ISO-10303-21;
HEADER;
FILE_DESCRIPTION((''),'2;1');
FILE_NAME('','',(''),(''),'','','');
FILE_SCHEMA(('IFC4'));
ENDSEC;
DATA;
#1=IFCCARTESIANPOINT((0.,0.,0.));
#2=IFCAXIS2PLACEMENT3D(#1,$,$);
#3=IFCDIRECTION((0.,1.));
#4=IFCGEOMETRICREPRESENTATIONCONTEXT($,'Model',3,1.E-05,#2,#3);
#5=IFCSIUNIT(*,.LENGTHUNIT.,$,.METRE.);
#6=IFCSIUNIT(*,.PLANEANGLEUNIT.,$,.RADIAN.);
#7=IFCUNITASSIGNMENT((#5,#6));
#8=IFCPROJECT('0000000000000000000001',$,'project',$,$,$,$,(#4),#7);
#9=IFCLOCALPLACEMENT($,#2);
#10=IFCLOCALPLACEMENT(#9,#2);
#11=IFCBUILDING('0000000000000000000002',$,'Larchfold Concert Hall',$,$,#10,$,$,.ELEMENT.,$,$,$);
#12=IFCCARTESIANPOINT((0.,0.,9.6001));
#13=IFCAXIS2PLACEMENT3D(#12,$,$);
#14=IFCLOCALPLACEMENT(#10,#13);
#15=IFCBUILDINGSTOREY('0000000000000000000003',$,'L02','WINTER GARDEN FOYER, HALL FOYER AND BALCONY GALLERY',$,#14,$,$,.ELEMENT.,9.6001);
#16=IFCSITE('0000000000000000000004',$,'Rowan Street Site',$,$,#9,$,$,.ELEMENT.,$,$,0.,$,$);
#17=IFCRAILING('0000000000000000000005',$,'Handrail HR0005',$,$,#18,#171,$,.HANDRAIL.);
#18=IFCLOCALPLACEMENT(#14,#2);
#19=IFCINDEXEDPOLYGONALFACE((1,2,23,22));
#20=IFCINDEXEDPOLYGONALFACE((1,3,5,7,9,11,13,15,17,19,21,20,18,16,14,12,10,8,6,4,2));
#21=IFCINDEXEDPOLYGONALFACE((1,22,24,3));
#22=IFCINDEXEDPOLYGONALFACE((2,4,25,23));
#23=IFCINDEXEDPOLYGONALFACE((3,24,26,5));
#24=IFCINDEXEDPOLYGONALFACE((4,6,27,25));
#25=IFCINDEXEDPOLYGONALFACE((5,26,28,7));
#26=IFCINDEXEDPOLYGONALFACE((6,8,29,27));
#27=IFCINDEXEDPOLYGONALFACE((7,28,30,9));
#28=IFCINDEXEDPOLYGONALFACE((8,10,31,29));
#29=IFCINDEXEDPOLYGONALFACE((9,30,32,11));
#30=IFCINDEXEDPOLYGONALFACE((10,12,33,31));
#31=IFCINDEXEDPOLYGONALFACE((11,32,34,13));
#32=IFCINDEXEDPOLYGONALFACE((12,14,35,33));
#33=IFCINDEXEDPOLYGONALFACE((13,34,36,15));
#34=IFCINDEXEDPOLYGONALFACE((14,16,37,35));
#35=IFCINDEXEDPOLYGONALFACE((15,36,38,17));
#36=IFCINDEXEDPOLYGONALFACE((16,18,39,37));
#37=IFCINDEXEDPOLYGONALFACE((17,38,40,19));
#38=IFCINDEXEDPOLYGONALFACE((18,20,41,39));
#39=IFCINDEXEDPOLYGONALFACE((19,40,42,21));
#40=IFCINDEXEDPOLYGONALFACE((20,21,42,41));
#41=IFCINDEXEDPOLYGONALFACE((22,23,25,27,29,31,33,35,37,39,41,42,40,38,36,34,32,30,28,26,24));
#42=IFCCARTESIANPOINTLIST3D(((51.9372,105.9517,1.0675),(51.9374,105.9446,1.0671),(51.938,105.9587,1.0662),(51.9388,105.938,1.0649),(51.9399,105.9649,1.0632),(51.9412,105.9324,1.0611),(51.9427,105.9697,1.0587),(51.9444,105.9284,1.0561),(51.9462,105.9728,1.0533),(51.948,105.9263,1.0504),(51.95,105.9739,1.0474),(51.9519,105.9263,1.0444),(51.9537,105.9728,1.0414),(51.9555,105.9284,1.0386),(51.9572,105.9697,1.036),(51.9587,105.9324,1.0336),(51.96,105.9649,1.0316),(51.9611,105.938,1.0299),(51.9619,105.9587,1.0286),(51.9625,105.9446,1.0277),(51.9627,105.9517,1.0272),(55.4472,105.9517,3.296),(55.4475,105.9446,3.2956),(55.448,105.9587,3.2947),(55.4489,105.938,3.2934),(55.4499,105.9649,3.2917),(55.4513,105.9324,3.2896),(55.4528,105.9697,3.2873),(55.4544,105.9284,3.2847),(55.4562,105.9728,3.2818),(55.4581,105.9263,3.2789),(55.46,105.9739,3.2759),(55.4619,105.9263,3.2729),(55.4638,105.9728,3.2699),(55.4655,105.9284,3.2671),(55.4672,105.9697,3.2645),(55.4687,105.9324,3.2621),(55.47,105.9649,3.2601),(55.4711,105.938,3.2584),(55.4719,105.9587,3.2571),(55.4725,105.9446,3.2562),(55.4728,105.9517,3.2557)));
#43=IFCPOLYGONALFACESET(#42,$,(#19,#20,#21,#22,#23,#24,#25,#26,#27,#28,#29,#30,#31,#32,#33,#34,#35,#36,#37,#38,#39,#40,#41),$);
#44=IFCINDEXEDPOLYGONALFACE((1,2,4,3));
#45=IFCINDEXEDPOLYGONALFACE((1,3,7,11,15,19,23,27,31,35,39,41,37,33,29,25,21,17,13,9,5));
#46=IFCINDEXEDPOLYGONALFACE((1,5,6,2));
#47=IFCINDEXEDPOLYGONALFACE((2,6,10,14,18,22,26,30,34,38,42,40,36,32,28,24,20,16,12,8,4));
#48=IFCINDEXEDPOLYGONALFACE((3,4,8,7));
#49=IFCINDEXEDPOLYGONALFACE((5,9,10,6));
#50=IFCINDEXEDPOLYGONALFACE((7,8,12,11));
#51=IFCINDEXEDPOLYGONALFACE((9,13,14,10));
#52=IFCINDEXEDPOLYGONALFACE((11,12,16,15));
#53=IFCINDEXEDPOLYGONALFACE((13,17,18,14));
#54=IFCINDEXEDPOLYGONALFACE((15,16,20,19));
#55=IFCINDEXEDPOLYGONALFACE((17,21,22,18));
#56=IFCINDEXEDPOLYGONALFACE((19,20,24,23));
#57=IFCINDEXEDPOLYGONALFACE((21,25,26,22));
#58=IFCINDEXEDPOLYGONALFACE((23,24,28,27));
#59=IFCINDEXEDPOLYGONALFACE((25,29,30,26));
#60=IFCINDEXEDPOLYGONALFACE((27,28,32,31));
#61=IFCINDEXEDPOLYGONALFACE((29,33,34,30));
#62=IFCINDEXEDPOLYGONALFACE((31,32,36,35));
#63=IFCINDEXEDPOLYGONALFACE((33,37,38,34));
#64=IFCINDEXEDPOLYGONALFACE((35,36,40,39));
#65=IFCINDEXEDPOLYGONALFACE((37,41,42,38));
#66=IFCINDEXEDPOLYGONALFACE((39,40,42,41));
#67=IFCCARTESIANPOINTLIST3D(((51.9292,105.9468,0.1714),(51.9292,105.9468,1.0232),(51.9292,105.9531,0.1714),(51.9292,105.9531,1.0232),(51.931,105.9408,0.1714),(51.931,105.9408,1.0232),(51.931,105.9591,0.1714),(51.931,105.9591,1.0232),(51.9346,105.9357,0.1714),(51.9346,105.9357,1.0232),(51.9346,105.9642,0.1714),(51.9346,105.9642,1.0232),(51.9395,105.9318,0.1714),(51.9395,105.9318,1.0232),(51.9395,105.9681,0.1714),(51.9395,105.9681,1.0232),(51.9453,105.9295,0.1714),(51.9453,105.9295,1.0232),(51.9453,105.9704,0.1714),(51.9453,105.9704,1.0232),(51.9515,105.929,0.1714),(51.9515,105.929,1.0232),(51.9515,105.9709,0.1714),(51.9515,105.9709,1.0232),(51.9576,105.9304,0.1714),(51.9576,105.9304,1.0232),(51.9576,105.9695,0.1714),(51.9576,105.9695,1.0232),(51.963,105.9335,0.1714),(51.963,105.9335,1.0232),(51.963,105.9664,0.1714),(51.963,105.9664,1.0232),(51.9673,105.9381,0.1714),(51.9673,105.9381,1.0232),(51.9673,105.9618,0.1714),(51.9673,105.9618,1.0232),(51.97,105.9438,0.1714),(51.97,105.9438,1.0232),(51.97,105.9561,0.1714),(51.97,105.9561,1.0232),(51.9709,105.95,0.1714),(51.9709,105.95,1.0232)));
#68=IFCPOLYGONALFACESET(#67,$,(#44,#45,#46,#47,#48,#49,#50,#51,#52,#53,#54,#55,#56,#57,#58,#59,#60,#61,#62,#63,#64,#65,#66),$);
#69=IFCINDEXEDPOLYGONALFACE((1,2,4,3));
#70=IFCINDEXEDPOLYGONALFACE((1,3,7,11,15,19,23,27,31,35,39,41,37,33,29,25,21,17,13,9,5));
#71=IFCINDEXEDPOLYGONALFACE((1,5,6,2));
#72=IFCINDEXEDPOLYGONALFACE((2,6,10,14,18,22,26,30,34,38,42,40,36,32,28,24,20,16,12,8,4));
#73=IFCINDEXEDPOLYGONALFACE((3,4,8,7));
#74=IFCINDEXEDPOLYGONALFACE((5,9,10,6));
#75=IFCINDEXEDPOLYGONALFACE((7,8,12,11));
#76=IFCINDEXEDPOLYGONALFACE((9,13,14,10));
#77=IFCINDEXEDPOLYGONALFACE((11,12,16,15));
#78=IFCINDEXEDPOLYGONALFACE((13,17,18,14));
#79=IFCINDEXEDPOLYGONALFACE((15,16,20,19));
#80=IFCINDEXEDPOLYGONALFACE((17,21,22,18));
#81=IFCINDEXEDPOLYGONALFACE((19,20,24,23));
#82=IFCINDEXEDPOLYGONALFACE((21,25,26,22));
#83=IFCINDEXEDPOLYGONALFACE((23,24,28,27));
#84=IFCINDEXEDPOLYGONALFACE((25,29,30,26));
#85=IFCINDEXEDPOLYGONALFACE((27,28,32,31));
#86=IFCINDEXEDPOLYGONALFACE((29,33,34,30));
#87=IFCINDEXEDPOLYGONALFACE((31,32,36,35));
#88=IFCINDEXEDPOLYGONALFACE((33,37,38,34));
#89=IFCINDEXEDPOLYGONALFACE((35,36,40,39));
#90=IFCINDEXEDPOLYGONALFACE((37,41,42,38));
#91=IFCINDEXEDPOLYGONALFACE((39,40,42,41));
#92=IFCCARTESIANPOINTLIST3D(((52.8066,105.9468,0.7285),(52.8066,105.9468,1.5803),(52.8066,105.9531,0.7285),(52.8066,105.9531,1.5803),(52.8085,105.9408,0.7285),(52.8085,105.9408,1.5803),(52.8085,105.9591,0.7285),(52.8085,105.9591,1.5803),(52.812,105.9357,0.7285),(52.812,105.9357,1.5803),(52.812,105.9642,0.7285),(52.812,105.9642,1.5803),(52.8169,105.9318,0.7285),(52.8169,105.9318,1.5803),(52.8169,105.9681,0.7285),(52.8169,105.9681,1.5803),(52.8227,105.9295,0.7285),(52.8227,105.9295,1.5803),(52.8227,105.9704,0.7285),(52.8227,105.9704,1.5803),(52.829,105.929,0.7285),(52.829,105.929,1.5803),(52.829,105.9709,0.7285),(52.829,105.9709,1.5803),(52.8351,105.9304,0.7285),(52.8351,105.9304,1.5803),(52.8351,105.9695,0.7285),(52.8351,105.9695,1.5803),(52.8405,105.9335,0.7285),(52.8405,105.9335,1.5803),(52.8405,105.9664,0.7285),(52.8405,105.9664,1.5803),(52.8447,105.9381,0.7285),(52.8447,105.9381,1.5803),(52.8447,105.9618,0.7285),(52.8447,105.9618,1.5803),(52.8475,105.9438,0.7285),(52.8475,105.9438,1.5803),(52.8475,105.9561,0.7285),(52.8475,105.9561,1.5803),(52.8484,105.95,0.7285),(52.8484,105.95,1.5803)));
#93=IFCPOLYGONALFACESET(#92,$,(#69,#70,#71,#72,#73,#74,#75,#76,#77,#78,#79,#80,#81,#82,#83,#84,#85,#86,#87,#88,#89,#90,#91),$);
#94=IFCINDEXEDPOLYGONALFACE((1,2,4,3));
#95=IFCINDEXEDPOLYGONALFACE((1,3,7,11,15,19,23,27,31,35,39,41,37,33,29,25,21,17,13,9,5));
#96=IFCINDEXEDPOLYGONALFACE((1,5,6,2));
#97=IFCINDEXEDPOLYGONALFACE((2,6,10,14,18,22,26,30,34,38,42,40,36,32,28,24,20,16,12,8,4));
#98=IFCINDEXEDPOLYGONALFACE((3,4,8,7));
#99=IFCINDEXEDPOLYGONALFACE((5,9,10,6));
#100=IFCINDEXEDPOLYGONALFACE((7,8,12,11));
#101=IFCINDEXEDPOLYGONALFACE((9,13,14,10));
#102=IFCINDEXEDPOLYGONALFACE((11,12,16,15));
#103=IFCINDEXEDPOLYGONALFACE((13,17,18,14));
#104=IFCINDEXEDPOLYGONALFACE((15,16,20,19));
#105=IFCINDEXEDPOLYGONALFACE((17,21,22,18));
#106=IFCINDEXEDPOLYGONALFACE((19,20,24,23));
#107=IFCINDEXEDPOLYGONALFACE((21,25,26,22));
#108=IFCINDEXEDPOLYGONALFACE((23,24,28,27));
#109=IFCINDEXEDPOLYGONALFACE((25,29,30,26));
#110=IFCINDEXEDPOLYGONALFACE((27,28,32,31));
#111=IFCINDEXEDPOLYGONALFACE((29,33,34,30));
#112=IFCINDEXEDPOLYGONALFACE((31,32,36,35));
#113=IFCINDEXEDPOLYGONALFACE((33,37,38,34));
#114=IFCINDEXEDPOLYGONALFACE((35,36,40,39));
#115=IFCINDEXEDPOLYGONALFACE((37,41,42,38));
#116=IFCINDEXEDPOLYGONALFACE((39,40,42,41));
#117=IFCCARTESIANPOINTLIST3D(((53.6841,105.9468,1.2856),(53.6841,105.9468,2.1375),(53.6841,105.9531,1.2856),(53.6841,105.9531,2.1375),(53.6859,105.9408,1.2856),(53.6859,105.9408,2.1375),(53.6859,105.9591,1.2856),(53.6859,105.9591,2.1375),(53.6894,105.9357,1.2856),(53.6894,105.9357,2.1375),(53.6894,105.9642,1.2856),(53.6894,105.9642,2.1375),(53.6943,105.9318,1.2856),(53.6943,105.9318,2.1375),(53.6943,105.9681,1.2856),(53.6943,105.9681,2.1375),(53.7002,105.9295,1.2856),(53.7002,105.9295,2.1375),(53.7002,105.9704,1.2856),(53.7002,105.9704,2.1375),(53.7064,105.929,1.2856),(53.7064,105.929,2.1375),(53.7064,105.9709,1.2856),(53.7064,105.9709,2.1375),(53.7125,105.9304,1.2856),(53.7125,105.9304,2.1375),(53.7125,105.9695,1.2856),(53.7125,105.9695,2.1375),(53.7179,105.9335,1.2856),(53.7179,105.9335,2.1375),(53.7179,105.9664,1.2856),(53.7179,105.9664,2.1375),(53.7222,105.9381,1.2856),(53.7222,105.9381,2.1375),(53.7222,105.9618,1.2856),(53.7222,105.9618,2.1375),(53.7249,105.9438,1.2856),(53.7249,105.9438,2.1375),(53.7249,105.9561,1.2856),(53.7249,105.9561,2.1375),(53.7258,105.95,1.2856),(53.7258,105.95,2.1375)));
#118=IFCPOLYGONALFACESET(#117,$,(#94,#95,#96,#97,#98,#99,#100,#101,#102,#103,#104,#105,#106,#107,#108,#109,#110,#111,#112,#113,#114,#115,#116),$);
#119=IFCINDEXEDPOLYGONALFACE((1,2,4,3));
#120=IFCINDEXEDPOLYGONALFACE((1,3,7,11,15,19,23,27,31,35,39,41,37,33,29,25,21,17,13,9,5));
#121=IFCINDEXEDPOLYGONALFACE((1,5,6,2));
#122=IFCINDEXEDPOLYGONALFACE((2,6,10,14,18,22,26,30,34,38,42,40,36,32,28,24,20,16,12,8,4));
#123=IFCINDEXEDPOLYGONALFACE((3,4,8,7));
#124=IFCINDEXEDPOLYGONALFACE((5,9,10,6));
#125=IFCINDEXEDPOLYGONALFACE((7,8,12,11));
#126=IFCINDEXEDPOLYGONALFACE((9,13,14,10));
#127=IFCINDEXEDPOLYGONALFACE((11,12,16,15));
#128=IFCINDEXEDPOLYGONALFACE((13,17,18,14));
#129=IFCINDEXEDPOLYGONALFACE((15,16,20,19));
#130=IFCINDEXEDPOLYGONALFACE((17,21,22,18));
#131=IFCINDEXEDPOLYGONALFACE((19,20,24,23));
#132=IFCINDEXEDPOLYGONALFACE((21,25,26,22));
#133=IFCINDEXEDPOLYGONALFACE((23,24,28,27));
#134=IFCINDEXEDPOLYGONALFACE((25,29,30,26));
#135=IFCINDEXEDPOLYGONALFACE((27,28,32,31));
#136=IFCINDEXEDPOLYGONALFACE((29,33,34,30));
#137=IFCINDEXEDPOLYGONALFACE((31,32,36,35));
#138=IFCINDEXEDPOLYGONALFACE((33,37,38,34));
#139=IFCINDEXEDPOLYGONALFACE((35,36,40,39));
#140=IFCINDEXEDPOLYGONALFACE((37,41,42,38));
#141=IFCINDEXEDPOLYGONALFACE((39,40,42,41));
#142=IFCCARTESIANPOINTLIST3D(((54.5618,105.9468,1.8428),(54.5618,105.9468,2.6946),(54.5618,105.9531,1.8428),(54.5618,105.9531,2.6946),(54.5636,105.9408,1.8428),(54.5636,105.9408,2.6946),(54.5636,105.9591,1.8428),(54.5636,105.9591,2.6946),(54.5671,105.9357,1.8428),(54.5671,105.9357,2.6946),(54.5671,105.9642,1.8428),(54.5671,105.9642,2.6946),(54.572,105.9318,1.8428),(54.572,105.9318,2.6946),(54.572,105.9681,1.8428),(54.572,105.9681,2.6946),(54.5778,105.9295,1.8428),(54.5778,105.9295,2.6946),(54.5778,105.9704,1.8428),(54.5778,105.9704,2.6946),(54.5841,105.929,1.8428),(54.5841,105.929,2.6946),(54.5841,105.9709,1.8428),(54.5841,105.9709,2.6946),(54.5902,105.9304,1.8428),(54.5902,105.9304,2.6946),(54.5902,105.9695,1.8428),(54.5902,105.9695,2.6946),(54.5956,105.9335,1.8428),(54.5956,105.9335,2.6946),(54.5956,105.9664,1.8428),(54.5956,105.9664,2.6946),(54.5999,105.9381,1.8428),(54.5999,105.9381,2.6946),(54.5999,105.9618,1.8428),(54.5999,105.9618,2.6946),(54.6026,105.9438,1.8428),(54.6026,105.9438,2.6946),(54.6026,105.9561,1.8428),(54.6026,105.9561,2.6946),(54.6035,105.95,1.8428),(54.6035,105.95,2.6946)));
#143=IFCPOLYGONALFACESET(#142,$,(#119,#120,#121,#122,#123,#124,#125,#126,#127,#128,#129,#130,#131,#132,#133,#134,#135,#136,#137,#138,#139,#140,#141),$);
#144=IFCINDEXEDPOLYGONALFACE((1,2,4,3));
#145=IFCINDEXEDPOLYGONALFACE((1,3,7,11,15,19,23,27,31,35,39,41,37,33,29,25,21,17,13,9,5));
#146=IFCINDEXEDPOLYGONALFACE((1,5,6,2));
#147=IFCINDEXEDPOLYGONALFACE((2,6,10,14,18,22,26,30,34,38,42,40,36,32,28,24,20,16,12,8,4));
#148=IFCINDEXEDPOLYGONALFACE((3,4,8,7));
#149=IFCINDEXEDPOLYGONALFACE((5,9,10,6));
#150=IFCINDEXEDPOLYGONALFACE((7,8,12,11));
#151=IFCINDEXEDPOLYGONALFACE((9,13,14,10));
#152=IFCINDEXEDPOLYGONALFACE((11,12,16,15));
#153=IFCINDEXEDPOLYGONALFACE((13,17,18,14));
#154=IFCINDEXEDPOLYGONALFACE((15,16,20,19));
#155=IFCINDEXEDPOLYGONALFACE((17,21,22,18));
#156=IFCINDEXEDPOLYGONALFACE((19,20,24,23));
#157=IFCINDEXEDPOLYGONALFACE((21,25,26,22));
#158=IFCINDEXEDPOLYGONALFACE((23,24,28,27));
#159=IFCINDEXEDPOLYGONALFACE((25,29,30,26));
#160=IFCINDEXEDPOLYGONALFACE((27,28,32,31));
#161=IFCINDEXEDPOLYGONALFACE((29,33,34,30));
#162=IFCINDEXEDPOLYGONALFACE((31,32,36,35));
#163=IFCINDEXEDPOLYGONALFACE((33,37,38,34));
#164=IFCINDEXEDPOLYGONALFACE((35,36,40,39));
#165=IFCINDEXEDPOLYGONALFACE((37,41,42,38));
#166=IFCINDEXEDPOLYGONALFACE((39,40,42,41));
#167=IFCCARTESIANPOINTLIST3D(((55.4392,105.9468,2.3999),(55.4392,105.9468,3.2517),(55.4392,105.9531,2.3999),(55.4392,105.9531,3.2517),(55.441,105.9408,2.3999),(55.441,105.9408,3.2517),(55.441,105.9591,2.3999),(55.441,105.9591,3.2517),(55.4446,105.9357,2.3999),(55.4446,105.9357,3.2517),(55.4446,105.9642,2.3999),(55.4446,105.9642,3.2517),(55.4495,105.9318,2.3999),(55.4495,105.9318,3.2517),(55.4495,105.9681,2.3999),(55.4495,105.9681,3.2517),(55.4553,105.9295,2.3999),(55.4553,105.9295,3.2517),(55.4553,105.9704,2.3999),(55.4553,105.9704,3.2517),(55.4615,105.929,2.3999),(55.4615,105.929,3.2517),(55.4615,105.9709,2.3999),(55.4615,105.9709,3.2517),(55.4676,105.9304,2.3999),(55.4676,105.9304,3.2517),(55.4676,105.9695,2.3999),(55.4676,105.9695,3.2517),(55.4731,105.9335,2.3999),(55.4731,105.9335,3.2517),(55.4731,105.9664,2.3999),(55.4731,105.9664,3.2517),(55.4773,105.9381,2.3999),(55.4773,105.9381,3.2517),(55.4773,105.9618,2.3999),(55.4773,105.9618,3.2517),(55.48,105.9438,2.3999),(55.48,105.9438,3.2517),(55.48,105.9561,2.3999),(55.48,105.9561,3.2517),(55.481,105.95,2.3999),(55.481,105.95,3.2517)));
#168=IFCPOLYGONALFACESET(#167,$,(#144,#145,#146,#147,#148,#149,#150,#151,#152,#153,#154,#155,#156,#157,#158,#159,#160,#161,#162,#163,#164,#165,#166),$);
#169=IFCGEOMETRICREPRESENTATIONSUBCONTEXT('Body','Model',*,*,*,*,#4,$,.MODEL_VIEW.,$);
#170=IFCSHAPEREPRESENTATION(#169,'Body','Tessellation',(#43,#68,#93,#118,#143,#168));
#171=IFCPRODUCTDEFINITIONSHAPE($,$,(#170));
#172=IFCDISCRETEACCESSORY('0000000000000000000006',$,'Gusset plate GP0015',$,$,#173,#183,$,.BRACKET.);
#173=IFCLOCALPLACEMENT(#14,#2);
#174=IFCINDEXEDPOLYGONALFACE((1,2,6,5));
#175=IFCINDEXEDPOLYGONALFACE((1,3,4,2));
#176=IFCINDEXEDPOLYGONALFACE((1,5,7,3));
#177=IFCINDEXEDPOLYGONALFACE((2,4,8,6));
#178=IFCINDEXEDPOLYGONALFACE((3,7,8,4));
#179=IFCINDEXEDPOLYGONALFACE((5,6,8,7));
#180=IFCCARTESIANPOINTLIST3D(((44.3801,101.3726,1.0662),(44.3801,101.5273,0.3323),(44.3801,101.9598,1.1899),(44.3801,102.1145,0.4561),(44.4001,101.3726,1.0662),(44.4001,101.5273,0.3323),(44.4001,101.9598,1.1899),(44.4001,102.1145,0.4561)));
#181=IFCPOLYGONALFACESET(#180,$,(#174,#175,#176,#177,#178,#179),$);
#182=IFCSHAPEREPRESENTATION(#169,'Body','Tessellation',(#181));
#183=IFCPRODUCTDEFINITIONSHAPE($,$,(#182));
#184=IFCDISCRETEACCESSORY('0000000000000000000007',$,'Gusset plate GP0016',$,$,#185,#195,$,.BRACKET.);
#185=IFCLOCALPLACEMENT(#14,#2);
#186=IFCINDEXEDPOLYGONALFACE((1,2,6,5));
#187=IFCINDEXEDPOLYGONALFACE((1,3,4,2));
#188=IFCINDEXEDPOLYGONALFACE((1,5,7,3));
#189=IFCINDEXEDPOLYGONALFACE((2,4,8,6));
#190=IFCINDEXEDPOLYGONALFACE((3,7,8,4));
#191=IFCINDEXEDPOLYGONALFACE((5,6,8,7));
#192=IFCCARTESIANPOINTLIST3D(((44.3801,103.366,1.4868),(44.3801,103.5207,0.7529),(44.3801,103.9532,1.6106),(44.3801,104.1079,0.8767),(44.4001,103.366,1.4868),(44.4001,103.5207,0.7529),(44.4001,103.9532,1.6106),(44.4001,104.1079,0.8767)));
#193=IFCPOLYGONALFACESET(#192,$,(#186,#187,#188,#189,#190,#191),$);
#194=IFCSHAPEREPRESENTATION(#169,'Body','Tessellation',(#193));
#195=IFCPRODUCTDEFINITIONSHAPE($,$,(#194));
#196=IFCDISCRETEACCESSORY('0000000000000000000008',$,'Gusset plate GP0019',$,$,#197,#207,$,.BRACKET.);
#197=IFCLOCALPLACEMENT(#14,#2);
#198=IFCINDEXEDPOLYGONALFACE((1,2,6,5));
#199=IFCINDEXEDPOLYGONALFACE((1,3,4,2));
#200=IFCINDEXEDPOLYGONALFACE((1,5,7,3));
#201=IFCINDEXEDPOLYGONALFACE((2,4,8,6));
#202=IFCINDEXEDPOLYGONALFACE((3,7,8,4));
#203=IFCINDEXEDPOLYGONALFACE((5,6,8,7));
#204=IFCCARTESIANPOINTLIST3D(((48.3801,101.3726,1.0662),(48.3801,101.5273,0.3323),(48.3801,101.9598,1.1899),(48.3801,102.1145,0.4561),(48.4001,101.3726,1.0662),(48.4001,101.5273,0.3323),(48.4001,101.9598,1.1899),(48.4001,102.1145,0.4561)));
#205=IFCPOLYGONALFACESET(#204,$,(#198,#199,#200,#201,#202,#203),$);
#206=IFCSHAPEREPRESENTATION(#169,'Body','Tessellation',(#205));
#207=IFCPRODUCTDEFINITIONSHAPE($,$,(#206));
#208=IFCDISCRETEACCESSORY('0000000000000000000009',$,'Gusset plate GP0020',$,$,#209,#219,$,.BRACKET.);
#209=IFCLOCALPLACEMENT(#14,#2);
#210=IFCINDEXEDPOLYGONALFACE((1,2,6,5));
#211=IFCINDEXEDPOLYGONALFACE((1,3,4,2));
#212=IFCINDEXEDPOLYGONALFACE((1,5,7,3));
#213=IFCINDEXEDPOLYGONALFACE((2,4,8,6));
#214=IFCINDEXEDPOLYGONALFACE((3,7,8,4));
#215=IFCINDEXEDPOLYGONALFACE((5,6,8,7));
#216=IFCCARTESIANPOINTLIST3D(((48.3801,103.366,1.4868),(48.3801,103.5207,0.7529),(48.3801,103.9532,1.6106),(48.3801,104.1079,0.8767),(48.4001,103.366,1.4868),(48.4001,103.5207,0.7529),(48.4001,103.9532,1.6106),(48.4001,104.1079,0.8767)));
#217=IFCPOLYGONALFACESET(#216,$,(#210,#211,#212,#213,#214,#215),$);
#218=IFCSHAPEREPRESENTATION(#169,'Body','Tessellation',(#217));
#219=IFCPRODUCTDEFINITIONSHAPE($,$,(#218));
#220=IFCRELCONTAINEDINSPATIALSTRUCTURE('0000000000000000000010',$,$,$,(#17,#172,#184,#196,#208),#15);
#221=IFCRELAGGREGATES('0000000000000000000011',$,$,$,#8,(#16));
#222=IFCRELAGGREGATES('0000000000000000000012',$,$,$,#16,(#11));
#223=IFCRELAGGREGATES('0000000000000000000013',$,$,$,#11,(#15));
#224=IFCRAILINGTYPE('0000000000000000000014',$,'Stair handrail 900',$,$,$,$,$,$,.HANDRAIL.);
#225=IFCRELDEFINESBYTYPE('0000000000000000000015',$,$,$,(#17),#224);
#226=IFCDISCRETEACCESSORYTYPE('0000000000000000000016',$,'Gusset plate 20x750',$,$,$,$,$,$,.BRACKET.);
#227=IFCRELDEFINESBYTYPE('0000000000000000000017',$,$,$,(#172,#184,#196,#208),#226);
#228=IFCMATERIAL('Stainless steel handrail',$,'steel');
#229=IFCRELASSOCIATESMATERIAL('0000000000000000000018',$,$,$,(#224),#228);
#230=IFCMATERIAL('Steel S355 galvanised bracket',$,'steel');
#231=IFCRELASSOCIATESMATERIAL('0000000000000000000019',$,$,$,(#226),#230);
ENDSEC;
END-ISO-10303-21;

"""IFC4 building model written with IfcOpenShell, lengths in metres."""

from ifc_helpers import new_model, si_unit, direction, frame, origin, origin_2d, place, context, subcontext, project, spatial, rectangle, circle, extrude, material, material_profile, profile_set, type_object, element, save


model = new_model("IFC4")

# Units and contexts
model_context = context("Model", 3, precision=1e-05, world=origin(), true_north=direction((0.0, 1.0)))
body_context = subcontext(model_context, "Body", "Model", "MODEL_VIEW")
ifc_project = project(units=[si_unit("LENGTHUNIT", "METRE"), si_unit("PLANEANGLEUNIT", "RADIAN")], contexts=[model_context])

# Site, building, storey
site_placement = place(None, origin())
site = spatial("IfcSite", under=ifc_project, at=site_placement, Name="Rowan Street Site", CompositionType="ELEMENT", RefElevation=0.0)
building_placement = place(site_placement, origin())
building = spatial("IfcBuilding", under=site, at=building_placement, Name="Larchfold Concert Hall", CompositionType="ELEMENT")
storey_placement = place(building_placement, frame((0.0, 0.0, 9.6001)))
storey = spatial("IfcBuildingStorey", under=building, at=storey_placement, Name="L02", Description="WINTER GARDEN FOYER, HALL FOYER AND BALCONY GALLERY", CompositionType="ELEMENT", Elevation=9.6001)

# Railing
ifc_material_1 = material(Name="Stainless steel handrail", Category="steel")
railing_type_1 = type_object("IfcRailingType", Name="Stair handrail 900", PredefinedType="HANDRAIL", material=ifc_material_1)
railing_1_placement = place(storey_placement, frame((51.95, 105.95, 0.1714)))
element("IfcRailing", 1, at=railing_1_placement, inside=storey, type_object=railing_type_1, Name="Handrail HR0005", PredefinedType="HANDRAIL", context=body_context, shape_type="SweptSolid", body=[
    extrude(circle(Radius=0.0239, at=origin_2d()), frame((0.0, 0.0, 0.876), z_axis=(0.84422, 0.0, 0.535998), x_axis=(0.0, 1.0, 0.0)), (0.0, 0.0, 1.0), 4.1577),
    extrude(circle(Radius=0.021, at=origin_2d()), origin(), (0.0, 0.0, 1.0), 0.8518),
    extrude(circle(Radius=0.021, at=origin_2d()), frame((0.8774, 0.0, 0.5571)), (0.0, 0.0, 1.0), 0.8518),
    extrude(circle(Radius=0.021, at=origin_2d()), frame((1.7549, 0.0, 1.1143)), (0.0, 0.0, 1.0), 0.8518),
    extrude(circle(Radius=0.021, at=origin_2d()), frame((2.6326, 0.0, 1.6714)), (0.0, 0.0, 1.0), 0.8518),
    extrude(circle(Radius=0.021, at=origin_2d()), frame((3.51, 0.0, 2.2285)), (0.0, 0.0, 1.0), 0.8518),
])

# Discrete accessories
ifc_material_2 = material(Name="Steel S355 galvanised bracket", Category="steel")
ifc_material_profile_1 = material_profile(ifc_material_2, rectangle(XDim=0.02, YDim=0.75, at=origin_2d()))
ifc_profile_set_1 = profile_set([ifc_material_profile_1], Name="Steel S355 galvanised bracket")
discrete_accessory_type = type_object("IfcDiscreteAccessoryType", Name="Gusset plate 20x750", PredefinedType="BRACKET", material=ifc_profile_set_1)
for number, where, z_axis, x_axis, name in (
    (2, (44.3901, 101.45, 0.6992), (0.0, 0.978494, 0.206277), (-1.0, 0.0, 0.0), "Gusset plate GP0015"),
    (3, (44.3901, 103.4434, 1.1199), (0.0, 0.978494, 0.206277), (-1.0, 0.0, 0.0), "Gusset plate GP0016"),
    (4, (48.3901, 101.45, 0.6992), (0.0, 0.978494, 0.206277), (-1.0, 0.0, 0.0), "Gusset plate GP0019"),
    (5, (48.3901, 103.4434, 1.1199), (0.0, 0.978494, 0.206277), (-1.0, 0.0, 0.0), "Gusset plate GP0020"),
):
    element("IfcDiscreteAccessory", number, at=place(storey_placement, frame(where, z_axis=z_axis, x_axis=x_axis)), inside=storey, type_object=discrete_accessory_type, Name=name, PredefinedType="BRACKET", context=body_context, shape_type="SweptSolid", body=[
        extrude(rectangle(XDim=0.02, YDim=0.75, at=origin_2d()), origin(), (0.0, 0.0, 1.0), 0.6001),
    ])

save(model, "model.ifc")
